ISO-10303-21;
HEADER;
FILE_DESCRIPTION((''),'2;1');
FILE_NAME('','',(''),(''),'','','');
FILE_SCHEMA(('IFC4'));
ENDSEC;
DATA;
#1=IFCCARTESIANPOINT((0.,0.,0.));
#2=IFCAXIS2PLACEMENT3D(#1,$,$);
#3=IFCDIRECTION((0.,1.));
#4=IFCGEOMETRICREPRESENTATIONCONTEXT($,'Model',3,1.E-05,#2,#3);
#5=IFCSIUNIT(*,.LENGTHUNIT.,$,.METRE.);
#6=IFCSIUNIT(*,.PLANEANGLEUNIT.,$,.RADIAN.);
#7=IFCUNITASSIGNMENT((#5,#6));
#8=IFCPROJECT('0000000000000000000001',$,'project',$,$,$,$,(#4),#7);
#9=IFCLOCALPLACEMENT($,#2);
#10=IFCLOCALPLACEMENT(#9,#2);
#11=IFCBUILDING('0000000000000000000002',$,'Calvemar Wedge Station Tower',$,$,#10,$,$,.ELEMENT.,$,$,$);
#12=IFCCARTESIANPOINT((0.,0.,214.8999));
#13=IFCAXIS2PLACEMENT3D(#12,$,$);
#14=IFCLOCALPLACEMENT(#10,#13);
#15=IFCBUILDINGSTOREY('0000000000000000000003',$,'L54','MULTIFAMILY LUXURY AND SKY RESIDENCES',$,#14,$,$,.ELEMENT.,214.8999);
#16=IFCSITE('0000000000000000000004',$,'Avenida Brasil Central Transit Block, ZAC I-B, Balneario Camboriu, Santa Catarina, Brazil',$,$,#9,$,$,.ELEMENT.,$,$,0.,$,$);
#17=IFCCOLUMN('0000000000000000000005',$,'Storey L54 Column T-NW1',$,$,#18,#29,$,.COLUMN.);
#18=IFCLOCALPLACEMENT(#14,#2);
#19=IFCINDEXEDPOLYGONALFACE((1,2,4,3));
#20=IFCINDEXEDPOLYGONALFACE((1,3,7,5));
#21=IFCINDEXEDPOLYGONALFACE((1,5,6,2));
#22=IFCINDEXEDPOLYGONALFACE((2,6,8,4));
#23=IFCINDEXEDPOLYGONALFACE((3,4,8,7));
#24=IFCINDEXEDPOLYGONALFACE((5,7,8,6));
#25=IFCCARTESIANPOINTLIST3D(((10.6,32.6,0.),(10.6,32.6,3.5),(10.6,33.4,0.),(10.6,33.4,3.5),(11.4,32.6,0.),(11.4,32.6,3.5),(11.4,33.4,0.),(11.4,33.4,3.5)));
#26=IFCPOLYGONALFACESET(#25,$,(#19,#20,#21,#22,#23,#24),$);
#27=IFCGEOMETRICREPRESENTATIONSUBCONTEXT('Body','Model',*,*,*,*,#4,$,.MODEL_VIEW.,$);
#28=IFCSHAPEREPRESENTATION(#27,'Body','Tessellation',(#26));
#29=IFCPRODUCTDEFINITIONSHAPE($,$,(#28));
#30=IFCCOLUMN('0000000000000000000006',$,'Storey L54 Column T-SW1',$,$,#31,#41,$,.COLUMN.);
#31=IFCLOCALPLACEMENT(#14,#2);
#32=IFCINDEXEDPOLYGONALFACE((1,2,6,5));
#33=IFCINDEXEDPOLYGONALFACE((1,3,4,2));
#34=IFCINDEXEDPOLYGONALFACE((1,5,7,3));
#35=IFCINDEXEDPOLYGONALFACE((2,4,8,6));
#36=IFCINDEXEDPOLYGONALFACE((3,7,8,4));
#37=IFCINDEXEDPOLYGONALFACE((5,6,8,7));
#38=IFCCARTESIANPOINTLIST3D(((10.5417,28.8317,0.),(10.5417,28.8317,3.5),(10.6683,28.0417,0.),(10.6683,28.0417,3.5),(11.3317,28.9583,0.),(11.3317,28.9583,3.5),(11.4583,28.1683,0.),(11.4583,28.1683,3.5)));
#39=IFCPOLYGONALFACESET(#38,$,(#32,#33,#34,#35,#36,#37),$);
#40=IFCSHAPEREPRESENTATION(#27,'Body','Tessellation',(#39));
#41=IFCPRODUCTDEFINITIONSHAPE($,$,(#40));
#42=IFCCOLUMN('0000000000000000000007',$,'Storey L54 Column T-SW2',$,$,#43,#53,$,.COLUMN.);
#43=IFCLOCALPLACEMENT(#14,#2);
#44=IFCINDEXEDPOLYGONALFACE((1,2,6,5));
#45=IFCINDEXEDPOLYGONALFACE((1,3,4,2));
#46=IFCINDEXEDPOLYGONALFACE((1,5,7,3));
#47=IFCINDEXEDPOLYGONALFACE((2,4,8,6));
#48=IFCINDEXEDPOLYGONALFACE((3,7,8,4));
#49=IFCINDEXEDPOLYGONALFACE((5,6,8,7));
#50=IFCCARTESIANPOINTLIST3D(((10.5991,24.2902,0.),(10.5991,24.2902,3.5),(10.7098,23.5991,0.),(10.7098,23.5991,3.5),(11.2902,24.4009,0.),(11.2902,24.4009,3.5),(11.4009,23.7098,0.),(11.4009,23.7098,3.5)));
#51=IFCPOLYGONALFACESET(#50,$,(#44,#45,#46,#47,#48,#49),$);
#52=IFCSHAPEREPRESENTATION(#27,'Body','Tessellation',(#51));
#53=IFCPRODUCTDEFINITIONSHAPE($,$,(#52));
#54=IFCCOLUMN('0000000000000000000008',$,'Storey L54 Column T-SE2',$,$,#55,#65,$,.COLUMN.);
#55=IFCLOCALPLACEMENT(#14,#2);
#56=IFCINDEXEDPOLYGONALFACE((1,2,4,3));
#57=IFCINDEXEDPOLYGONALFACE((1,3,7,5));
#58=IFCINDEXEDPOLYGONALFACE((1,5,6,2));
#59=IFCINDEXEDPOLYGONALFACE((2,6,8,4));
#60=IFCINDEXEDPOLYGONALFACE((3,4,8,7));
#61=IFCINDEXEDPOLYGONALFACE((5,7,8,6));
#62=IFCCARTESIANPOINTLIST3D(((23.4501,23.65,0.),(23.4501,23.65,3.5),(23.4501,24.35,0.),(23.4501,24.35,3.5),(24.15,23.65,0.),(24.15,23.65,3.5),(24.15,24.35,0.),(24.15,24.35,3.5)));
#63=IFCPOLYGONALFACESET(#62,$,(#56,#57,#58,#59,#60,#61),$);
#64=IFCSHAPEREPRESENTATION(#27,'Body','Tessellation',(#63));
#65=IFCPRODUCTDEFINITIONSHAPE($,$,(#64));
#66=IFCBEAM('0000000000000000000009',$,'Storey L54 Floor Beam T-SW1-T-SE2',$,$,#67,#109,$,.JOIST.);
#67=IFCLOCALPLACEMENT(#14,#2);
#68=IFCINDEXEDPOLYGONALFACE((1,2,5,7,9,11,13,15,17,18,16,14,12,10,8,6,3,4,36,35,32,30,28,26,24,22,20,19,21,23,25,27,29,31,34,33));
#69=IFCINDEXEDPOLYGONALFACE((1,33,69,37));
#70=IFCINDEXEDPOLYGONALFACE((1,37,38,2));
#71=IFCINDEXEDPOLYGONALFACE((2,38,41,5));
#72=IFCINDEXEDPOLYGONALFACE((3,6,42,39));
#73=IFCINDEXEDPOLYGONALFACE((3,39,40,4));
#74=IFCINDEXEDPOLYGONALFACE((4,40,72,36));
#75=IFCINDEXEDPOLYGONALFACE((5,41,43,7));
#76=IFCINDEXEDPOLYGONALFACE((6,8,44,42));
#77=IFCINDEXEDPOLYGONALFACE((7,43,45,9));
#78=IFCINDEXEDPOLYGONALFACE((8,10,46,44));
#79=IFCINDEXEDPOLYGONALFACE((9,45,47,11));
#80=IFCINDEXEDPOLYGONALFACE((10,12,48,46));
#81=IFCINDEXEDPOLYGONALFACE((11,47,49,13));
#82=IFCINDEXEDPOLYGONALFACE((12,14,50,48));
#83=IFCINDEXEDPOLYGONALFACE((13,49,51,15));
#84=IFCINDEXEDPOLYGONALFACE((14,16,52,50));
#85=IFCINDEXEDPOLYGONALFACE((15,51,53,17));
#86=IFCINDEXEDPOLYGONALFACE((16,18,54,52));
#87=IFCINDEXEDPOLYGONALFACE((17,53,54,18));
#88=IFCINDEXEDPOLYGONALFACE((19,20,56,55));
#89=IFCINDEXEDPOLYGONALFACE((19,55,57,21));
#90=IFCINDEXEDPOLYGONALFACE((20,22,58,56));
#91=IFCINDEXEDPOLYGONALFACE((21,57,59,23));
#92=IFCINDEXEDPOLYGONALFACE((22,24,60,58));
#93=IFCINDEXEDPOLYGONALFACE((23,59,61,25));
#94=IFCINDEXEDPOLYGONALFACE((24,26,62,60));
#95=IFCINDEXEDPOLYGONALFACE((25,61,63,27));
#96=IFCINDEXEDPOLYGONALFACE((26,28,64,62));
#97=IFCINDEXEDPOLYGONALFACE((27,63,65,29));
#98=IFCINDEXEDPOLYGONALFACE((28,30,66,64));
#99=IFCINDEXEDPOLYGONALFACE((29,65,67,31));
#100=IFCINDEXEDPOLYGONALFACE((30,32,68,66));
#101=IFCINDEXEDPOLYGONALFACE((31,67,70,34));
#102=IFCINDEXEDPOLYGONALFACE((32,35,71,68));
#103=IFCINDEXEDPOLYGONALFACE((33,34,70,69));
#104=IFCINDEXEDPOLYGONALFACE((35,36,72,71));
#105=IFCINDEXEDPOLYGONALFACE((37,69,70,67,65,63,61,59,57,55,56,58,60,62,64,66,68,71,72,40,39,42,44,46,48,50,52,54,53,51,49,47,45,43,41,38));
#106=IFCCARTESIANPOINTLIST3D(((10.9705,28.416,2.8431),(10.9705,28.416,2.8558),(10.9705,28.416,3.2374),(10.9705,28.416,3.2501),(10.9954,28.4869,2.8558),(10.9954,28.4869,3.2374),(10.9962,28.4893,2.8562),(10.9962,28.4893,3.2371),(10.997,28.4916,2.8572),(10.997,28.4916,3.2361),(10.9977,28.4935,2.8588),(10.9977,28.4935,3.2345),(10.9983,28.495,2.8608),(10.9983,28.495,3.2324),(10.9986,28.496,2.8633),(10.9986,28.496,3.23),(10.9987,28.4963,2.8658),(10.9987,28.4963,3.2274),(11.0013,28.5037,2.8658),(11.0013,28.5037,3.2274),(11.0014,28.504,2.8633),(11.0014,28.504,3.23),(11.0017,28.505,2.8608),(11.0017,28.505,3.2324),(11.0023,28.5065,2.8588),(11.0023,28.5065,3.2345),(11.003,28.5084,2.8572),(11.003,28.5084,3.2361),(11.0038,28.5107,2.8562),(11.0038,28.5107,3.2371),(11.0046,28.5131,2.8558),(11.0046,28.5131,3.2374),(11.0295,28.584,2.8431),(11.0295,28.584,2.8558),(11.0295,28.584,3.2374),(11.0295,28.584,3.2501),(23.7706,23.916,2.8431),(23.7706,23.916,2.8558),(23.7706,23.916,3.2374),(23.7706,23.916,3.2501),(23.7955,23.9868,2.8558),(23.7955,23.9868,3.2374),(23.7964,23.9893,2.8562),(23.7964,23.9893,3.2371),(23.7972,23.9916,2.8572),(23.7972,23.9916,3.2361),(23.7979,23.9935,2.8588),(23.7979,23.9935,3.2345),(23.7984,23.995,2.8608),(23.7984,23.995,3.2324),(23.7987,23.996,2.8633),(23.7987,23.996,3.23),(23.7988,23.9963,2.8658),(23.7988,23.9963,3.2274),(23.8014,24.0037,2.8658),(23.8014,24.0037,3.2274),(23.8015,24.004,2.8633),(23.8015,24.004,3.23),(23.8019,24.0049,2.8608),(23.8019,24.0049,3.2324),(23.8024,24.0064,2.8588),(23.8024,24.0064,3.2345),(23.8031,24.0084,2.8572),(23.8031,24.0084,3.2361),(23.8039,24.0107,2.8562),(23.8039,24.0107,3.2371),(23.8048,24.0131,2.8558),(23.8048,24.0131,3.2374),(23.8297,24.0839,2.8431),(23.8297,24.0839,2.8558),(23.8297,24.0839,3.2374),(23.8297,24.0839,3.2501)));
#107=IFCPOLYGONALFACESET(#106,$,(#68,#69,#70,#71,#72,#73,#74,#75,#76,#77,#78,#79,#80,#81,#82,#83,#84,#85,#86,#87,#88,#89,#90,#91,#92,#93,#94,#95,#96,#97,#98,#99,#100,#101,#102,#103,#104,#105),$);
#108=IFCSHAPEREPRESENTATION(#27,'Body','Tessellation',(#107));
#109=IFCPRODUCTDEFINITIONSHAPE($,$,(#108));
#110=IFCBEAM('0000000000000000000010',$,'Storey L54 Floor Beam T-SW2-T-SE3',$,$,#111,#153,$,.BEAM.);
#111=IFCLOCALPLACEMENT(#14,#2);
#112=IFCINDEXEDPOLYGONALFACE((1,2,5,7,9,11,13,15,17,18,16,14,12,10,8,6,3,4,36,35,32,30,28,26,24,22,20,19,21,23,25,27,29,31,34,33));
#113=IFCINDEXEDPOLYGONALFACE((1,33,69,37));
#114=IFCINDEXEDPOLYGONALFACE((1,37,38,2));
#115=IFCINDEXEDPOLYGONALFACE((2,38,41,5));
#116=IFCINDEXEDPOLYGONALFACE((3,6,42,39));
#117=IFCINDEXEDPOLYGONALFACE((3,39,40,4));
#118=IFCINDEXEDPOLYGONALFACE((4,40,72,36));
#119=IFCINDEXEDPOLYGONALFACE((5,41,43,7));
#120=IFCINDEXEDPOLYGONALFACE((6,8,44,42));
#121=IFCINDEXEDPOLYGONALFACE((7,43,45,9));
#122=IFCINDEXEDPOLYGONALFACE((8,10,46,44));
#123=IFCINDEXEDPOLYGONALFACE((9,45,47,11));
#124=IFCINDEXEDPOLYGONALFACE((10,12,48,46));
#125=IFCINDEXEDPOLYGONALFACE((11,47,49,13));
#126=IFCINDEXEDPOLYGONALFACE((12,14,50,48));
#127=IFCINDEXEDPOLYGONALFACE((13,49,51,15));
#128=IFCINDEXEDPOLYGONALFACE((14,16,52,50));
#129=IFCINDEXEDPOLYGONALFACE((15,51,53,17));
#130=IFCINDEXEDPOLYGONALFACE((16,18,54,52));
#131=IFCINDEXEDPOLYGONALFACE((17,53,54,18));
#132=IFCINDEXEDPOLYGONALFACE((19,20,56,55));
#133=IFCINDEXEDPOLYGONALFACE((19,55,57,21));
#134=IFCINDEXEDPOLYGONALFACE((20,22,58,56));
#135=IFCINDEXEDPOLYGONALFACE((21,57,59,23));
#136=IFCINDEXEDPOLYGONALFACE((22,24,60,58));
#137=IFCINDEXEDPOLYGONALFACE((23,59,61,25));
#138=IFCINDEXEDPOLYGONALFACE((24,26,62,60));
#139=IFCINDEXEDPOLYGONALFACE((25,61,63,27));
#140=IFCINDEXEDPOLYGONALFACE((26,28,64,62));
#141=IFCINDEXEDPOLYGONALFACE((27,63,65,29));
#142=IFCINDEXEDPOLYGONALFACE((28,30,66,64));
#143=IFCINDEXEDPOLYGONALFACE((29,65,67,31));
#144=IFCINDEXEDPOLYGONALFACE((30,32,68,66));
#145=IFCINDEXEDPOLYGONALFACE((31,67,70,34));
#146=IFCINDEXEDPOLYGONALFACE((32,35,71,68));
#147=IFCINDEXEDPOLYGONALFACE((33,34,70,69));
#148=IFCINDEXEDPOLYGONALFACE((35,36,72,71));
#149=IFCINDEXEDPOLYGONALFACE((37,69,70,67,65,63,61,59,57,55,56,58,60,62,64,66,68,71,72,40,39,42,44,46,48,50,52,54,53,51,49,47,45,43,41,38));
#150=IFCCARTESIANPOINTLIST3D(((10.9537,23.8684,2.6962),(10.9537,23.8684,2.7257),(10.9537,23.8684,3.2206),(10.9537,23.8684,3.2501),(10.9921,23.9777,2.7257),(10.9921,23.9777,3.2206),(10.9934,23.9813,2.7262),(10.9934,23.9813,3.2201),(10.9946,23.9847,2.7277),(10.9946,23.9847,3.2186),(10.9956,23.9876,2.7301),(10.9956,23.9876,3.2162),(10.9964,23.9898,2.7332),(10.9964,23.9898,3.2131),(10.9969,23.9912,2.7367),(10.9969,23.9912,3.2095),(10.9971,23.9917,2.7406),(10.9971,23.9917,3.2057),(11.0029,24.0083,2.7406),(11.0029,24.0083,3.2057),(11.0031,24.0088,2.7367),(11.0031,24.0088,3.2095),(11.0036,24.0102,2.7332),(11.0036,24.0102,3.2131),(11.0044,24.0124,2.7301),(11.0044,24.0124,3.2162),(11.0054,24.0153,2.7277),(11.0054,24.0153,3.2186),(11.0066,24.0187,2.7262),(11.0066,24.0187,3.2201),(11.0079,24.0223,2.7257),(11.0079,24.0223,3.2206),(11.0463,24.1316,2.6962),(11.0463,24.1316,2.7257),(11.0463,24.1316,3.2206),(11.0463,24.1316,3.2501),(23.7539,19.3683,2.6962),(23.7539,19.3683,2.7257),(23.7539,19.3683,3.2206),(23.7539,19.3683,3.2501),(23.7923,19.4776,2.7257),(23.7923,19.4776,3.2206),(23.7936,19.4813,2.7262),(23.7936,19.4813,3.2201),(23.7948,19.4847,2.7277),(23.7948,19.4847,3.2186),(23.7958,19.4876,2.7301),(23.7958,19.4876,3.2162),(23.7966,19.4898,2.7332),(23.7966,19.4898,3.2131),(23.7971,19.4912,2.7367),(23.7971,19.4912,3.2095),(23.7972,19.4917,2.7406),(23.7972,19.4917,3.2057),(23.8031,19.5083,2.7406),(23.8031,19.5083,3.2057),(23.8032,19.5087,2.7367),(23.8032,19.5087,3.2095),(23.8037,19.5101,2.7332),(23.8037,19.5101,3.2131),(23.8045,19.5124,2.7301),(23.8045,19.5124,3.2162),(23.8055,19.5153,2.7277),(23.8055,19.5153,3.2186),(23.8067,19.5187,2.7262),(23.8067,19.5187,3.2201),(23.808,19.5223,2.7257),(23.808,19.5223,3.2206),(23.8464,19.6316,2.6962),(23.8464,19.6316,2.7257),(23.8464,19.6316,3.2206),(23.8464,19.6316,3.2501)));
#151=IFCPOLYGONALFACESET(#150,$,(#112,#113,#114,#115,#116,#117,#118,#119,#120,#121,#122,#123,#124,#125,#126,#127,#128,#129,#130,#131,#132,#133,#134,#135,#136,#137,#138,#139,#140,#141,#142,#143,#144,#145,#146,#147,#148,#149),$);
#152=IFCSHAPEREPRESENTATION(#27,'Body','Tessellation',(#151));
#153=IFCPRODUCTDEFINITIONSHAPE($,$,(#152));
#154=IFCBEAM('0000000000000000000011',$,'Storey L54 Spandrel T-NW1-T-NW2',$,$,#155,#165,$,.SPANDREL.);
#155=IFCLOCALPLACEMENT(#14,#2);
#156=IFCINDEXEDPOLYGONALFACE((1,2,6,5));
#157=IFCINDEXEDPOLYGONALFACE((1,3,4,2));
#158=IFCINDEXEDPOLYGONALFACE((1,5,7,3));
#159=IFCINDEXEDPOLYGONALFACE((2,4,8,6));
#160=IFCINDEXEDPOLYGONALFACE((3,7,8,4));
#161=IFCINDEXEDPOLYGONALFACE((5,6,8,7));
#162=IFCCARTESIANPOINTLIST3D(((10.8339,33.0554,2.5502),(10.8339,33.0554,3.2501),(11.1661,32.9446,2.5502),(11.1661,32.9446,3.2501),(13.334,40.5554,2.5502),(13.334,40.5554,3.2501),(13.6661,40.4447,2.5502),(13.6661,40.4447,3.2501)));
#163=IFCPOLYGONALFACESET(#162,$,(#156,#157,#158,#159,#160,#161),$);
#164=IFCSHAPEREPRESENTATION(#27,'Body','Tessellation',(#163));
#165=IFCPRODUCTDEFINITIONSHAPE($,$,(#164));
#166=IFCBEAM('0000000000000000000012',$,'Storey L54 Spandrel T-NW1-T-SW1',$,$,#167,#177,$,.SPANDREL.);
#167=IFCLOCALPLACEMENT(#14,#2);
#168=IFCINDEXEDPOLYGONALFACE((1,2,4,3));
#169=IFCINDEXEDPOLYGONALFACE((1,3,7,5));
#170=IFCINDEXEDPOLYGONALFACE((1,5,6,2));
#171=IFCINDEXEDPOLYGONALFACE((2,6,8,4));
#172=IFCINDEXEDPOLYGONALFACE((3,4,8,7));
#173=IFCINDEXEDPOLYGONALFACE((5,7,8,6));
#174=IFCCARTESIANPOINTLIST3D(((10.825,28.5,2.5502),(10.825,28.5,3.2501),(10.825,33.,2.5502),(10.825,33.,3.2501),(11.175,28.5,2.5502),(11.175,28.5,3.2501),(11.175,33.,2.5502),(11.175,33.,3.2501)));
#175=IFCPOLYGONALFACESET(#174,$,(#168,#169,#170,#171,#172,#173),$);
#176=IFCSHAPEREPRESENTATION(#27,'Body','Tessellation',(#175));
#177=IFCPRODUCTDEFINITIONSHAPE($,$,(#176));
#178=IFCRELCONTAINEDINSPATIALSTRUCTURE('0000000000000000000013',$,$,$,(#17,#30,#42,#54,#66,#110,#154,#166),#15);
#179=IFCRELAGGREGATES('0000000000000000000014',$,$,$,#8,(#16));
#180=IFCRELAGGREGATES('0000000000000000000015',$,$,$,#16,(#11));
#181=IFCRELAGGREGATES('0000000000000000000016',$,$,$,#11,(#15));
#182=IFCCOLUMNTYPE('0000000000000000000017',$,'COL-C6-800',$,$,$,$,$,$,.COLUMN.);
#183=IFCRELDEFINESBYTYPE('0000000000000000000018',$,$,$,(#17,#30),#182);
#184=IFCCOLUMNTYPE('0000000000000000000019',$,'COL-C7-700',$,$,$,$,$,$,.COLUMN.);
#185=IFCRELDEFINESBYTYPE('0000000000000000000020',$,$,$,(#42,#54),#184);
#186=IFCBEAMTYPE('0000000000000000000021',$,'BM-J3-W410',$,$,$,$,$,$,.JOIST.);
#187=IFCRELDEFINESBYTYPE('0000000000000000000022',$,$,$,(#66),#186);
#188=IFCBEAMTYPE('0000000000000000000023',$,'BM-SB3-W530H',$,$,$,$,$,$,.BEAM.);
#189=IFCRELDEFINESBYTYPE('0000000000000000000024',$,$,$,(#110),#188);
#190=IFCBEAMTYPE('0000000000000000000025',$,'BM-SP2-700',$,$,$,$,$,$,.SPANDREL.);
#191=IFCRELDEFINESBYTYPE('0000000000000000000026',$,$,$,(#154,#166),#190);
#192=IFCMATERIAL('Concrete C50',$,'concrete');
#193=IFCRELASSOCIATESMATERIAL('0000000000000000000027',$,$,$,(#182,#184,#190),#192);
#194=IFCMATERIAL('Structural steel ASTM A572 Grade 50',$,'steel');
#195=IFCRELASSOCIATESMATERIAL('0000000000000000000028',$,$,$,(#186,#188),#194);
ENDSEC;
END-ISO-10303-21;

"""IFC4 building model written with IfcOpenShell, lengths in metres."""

from ifc_helpers import new_model, si_unit, direction, frame, origin, origin_2d, place, context, subcontext, project, spatial, rectangle, i_section, extrude, source, transform, mapped, material, material_profile, profile_set, type_object, element, save


model = new_model("IFC4")

# Units and contexts
model_context = context("Model", 3, precision=1e-05, world=origin(), true_north=direction((0.0, 1.0)))
body_context = subcontext(model_context, "Body", "Model", "MODEL_VIEW")
ifc_project = project(units=[si_unit("LENGTHUNIT", "METRE"), si_unit("PLANEANGLEUNIT", "RADIAN")], contexts=[model_context])

# Site, building, storey
site_placement = place(None, origin())
site = spatial("IfcSite", under=ifc_project, at=site_placement, Name="Avenida Brasil Central Transit Block, ZAC I-B, Balneario Camboriu, Santa Catarina, Brazil", CompositionType="ELEMENT", RefElevation=0.0)
building_placement = place(site_placement, origin())
building = spatial("IfcBuilding", under=site, at=building_placement, Name="Calvemar Wedge Station Tower", CompositionType="ELEMENT")
storey_placement = place(building_placement, frame((0.0, 0.0, 214.8999)))
storey = spatial("IfcBuildingStorey", under=building, at=storey_placement, Name="L54", Description="MULTIFAMILY LUXURY AND SKY RESIDENCES", CompositionType="ELEMENT", Elevation=214.8999)

# Columns
ifc_material_1 = material(Name="Concrete C50", Category="concrete")
ifc_material_profile_1 = material_profile(ifc_material_1, rectangle(XDim=0.8, YDim=0.8, at=origin_2d()), Name="RC800x800")
ifc_profile_set_1 = profile_set([ifc_material_profile_1], Name="Concrete C50")
column_type_1 = type_object("IfcColumnType", Name="COL-C6-800", PredefinedType="COLUMN", material=ifc_profile_set_1)
shared_shape_1 = source(origin(), body_context, "Body", "SweptSolid", [
    extrude(rectangle(XDim=0.8, YDim=0.8, at=origin_2d()), origin(), (0.0, 0.0, 1.0), 3.5),
])
for number, where, z_axis, x_axis, name in (
    (1, (11.0, 33.0, 0.0), (0.0, 0.0, 1.0), (1.0, 0.0, 0.0), "Storey L54 Column T-NW1"),
    (2, (11.0, 28.5, 0.0), (0.0, 0.0, 1.0), (0.158158, -0.987414, 0.0), "Storey L54 Column T-SW1"),
):
    element("IfcColumn", number, at=place(storey_placement, frame(where, z_axis=z_axis, x_axis=x_axis)), inside=storey, type_object=column_type_1, Name=name, PredefinedType="COLUMN", context=body_context, shape_type="MappedRepresentation", body=[
        mapped(shared_shape_1, transform((0.0, 0.0, 0.0), scale=1.0)),
    ])
ifc_material_profile_2 = material_profile(ifc_material_1, rectangle(XDim=0.7, YDim=0.7, at=origin_2d()), Name="RC700x700")
ifc_profile_set_2 = profile_set([ifc_material_profile_2], Name="Concrete C50")
column_type_2 = type_object("IfcColumnType", Name="COL-C7-700", PredefinedType="COLUMN", material=ifc_profile_set_2)
shared_shape_2 = source(origin(), body_context, "Body", "SweptSolid", [
    extrude(rectangle(XDim=0.7, YDim=0.7, at=origin_2d()), origin(), (0.0, 0.0, 1.0), 3.5),
])
for number, where, z_axis, x_axis, name in (
    (3, (11.0, 24.0, 0.0), (0.0, 0.0, 1.0), (0.158158, -0.987414, 0.0), "Storey L54 Column T-SW2"),
    (4, (23.8, 24.0, 0.0), (0.0, 0.0, 1.0), (1.0, 0.0, 0.0), "Storey L54 Column T-SE2"),
):
    element("IfcColumn", number, at=place(storey_placement, frame(where, z_axis=z_axis, x_axis=x_axis)), inside=storey, type_object=column_type_2, Name=name, PredefinedType="COLUMN", context=body_context, shape_type="MappedRepresentation", body=[
        mapped(shared_shape_2, transform((0.0, 0.0, 0.0), scale=1.0)),
    ])

# Beams
ifc_material_2 = material(Name="Structural steel ASTM A572 Grade 50", Category="steel")
ifc_material_profile_3 = material_profile(ifc_material_2, i_section(OverallWidth=0.178, OverallDepth=0.407, WebThickness=0.0078, FlangeThickness=0.0127, FilletRadius=0.01, at=origin_2d()), Name="W410x60")
ifc_profile_set_3 = profile_set([ifc_material_profile_3], Name="Structural steel ASTM A572 Grade 50")
beam_type_1 = type_object("IfcBeamType", Name="BM-J3-W410", PredefinedType="JOIST", material=ifc_profile_set_3)
shared_shape_3 = source(origin(), body_context, "Body", "SweptSolid", [
    extrude(i_section(OverallWidth=0.178, OverallDepth=0.407, WebThickness=0.0078, FlangeThickness=0.0127, FilletRadius=0.01, at=origin_2d()), origin(), (0.0, 0.0, 1.0), 13.5681),
])
beam_1_placement = place(storey_placement, frame((11.0, 28.5, 3.0466), z_axis=(0.943398, -0.331662, 0.0), x_axis=(0.331662, 0.943398, 0.0)))
element("IfcBeam", 5, at=beam_1_placement, inside=storey, type_object=beam_type_1, Name="Storey L54 Floor Beam T-SW1-T-SE2", PredefinedType="JOIST", context=body_context, shape_type="MappedRepresentation", body=[
    mapped(shared_shape_3, transform((0.0, 0.0, 0.0), scale=1.0)),
])
ifc_material_profile_4 = material_profile(ifc_material_2, i_section(OverallWidth=0.2791, OverallDepth=0.554, WebThickness=0.0176, FlangeThickness=0.0295, FilletRadius=0.0149, at=origin_2d()), Name="W530x196")
ifc_profile_set_4 = profile_set([ifc_material_profile_4], Name="Structural steel ASTM A572 Grade 50")
beam_type_2 = type_object("IfcBeamType", Name="BM-SB3-W530H", PredefinedType="BEAM", material=ifc_profile_set_4)
shared_shape_4 = source(origin(), body_context, "Body", "SweptSolid", [
    extrude(i_section(OverallWidth=0.2791, OverallDepth=0.554, WebThickness=0.0176, FlangeThickness=0.0295, FilletRadius=0.0149, at=origin_2d()), origin(), (0.0, 0.0, 1.0), 13.5681),
])
beam_2_placement = place(storey_placement, frame((11.0, 24.0, 2.9731), z_axis=(0.943398, -0.331662, 0.0), x_axis=(0.331662, 0.943398, 0.0)))
element("IfcBeam", 6, at=beam_2_placement, inside=storey, type_object=beam_type_2, Name="Storey L54 Floor Beam T-SW2-T-SE3", PredefinedType="BEAM", context=body_context, shape_type="MappedRepresentation", body=[
    mapped(shared_shape_4, transform((0.0, 0.0, 0.0), scale=1.0)),
])
ifc_material_profile_5 = material_profile(ifc_material_1, rectangle(XDim=0.3501, YDim=0.7, at=origin_2d()), Name="RC350x700")
ifc_profile_set_5 = profile_set([ifc_material_profile_5], Name="Concrete C50")
beam_type_3 = type_object("IfcBeamType", Name="BM-SP2-700", PredefinedType="SPANDREL", material=ifc_profile_set_5)
shared_shape_5 = source(origin(), body_context, "Body", "SweptSolid", [
    extrude(rectangle(XDim=0.3501, YDim=0.7, at=origin_2d()), origin(), (0.0, 0.0, 1.0), 7.9058),
])
beam_3_placement = place(storey_placement, frame((11.0, 33.0, 2.9001), z_axis=(0.316228, 0.948683, 0.0), x_axis=(-0.948683, 0.316228, 0.0)))
element("IfcBeam", 7, at=beam_3_placement, inside=storey, type_object=beam_type_3, Name="Storey L54 Spandrel T-NW1-T-NW2", PredefinedType="SPANDREL", context=body_context, shape_type="MappedRepresentation", body=[
    mapped(shared_shape_5, transform((0.0, 0.0, 0.0), scale=1.0)),
])
shared_shape_6 = source(origin(), body_context, "Body", "SweptSolid", [
    extrude(rectangle(XDim=0.3501, YDim=0.7, at=origin_2d()), origin(), (0.0, 0.0, 1.0), 4.5),
])
for number, where, z_axis, x_axis, name in (
    (8, (11.0, 33.0, 2.9001), (0.0, -1.0, 0.0), (1.0, 0.0, 0.0), "Storey L54 Spandrel T-NW1-T-SW1"),
):
    element("IfcBeam", number, at=place(storey_placement, frame(where, z_axis=z_axis, x_axis=x_axis)), inside=storey, type_object=beam_type_3, Name=name, PredefinedType="SPANDREL", context=body_context, shape_type="MappedRepresentation", body=[
        mapped(shared_shape_6, transform((0.0, 0.0, 0.0), scale=1.0)),
    ])

save(model, "model.ifc")
